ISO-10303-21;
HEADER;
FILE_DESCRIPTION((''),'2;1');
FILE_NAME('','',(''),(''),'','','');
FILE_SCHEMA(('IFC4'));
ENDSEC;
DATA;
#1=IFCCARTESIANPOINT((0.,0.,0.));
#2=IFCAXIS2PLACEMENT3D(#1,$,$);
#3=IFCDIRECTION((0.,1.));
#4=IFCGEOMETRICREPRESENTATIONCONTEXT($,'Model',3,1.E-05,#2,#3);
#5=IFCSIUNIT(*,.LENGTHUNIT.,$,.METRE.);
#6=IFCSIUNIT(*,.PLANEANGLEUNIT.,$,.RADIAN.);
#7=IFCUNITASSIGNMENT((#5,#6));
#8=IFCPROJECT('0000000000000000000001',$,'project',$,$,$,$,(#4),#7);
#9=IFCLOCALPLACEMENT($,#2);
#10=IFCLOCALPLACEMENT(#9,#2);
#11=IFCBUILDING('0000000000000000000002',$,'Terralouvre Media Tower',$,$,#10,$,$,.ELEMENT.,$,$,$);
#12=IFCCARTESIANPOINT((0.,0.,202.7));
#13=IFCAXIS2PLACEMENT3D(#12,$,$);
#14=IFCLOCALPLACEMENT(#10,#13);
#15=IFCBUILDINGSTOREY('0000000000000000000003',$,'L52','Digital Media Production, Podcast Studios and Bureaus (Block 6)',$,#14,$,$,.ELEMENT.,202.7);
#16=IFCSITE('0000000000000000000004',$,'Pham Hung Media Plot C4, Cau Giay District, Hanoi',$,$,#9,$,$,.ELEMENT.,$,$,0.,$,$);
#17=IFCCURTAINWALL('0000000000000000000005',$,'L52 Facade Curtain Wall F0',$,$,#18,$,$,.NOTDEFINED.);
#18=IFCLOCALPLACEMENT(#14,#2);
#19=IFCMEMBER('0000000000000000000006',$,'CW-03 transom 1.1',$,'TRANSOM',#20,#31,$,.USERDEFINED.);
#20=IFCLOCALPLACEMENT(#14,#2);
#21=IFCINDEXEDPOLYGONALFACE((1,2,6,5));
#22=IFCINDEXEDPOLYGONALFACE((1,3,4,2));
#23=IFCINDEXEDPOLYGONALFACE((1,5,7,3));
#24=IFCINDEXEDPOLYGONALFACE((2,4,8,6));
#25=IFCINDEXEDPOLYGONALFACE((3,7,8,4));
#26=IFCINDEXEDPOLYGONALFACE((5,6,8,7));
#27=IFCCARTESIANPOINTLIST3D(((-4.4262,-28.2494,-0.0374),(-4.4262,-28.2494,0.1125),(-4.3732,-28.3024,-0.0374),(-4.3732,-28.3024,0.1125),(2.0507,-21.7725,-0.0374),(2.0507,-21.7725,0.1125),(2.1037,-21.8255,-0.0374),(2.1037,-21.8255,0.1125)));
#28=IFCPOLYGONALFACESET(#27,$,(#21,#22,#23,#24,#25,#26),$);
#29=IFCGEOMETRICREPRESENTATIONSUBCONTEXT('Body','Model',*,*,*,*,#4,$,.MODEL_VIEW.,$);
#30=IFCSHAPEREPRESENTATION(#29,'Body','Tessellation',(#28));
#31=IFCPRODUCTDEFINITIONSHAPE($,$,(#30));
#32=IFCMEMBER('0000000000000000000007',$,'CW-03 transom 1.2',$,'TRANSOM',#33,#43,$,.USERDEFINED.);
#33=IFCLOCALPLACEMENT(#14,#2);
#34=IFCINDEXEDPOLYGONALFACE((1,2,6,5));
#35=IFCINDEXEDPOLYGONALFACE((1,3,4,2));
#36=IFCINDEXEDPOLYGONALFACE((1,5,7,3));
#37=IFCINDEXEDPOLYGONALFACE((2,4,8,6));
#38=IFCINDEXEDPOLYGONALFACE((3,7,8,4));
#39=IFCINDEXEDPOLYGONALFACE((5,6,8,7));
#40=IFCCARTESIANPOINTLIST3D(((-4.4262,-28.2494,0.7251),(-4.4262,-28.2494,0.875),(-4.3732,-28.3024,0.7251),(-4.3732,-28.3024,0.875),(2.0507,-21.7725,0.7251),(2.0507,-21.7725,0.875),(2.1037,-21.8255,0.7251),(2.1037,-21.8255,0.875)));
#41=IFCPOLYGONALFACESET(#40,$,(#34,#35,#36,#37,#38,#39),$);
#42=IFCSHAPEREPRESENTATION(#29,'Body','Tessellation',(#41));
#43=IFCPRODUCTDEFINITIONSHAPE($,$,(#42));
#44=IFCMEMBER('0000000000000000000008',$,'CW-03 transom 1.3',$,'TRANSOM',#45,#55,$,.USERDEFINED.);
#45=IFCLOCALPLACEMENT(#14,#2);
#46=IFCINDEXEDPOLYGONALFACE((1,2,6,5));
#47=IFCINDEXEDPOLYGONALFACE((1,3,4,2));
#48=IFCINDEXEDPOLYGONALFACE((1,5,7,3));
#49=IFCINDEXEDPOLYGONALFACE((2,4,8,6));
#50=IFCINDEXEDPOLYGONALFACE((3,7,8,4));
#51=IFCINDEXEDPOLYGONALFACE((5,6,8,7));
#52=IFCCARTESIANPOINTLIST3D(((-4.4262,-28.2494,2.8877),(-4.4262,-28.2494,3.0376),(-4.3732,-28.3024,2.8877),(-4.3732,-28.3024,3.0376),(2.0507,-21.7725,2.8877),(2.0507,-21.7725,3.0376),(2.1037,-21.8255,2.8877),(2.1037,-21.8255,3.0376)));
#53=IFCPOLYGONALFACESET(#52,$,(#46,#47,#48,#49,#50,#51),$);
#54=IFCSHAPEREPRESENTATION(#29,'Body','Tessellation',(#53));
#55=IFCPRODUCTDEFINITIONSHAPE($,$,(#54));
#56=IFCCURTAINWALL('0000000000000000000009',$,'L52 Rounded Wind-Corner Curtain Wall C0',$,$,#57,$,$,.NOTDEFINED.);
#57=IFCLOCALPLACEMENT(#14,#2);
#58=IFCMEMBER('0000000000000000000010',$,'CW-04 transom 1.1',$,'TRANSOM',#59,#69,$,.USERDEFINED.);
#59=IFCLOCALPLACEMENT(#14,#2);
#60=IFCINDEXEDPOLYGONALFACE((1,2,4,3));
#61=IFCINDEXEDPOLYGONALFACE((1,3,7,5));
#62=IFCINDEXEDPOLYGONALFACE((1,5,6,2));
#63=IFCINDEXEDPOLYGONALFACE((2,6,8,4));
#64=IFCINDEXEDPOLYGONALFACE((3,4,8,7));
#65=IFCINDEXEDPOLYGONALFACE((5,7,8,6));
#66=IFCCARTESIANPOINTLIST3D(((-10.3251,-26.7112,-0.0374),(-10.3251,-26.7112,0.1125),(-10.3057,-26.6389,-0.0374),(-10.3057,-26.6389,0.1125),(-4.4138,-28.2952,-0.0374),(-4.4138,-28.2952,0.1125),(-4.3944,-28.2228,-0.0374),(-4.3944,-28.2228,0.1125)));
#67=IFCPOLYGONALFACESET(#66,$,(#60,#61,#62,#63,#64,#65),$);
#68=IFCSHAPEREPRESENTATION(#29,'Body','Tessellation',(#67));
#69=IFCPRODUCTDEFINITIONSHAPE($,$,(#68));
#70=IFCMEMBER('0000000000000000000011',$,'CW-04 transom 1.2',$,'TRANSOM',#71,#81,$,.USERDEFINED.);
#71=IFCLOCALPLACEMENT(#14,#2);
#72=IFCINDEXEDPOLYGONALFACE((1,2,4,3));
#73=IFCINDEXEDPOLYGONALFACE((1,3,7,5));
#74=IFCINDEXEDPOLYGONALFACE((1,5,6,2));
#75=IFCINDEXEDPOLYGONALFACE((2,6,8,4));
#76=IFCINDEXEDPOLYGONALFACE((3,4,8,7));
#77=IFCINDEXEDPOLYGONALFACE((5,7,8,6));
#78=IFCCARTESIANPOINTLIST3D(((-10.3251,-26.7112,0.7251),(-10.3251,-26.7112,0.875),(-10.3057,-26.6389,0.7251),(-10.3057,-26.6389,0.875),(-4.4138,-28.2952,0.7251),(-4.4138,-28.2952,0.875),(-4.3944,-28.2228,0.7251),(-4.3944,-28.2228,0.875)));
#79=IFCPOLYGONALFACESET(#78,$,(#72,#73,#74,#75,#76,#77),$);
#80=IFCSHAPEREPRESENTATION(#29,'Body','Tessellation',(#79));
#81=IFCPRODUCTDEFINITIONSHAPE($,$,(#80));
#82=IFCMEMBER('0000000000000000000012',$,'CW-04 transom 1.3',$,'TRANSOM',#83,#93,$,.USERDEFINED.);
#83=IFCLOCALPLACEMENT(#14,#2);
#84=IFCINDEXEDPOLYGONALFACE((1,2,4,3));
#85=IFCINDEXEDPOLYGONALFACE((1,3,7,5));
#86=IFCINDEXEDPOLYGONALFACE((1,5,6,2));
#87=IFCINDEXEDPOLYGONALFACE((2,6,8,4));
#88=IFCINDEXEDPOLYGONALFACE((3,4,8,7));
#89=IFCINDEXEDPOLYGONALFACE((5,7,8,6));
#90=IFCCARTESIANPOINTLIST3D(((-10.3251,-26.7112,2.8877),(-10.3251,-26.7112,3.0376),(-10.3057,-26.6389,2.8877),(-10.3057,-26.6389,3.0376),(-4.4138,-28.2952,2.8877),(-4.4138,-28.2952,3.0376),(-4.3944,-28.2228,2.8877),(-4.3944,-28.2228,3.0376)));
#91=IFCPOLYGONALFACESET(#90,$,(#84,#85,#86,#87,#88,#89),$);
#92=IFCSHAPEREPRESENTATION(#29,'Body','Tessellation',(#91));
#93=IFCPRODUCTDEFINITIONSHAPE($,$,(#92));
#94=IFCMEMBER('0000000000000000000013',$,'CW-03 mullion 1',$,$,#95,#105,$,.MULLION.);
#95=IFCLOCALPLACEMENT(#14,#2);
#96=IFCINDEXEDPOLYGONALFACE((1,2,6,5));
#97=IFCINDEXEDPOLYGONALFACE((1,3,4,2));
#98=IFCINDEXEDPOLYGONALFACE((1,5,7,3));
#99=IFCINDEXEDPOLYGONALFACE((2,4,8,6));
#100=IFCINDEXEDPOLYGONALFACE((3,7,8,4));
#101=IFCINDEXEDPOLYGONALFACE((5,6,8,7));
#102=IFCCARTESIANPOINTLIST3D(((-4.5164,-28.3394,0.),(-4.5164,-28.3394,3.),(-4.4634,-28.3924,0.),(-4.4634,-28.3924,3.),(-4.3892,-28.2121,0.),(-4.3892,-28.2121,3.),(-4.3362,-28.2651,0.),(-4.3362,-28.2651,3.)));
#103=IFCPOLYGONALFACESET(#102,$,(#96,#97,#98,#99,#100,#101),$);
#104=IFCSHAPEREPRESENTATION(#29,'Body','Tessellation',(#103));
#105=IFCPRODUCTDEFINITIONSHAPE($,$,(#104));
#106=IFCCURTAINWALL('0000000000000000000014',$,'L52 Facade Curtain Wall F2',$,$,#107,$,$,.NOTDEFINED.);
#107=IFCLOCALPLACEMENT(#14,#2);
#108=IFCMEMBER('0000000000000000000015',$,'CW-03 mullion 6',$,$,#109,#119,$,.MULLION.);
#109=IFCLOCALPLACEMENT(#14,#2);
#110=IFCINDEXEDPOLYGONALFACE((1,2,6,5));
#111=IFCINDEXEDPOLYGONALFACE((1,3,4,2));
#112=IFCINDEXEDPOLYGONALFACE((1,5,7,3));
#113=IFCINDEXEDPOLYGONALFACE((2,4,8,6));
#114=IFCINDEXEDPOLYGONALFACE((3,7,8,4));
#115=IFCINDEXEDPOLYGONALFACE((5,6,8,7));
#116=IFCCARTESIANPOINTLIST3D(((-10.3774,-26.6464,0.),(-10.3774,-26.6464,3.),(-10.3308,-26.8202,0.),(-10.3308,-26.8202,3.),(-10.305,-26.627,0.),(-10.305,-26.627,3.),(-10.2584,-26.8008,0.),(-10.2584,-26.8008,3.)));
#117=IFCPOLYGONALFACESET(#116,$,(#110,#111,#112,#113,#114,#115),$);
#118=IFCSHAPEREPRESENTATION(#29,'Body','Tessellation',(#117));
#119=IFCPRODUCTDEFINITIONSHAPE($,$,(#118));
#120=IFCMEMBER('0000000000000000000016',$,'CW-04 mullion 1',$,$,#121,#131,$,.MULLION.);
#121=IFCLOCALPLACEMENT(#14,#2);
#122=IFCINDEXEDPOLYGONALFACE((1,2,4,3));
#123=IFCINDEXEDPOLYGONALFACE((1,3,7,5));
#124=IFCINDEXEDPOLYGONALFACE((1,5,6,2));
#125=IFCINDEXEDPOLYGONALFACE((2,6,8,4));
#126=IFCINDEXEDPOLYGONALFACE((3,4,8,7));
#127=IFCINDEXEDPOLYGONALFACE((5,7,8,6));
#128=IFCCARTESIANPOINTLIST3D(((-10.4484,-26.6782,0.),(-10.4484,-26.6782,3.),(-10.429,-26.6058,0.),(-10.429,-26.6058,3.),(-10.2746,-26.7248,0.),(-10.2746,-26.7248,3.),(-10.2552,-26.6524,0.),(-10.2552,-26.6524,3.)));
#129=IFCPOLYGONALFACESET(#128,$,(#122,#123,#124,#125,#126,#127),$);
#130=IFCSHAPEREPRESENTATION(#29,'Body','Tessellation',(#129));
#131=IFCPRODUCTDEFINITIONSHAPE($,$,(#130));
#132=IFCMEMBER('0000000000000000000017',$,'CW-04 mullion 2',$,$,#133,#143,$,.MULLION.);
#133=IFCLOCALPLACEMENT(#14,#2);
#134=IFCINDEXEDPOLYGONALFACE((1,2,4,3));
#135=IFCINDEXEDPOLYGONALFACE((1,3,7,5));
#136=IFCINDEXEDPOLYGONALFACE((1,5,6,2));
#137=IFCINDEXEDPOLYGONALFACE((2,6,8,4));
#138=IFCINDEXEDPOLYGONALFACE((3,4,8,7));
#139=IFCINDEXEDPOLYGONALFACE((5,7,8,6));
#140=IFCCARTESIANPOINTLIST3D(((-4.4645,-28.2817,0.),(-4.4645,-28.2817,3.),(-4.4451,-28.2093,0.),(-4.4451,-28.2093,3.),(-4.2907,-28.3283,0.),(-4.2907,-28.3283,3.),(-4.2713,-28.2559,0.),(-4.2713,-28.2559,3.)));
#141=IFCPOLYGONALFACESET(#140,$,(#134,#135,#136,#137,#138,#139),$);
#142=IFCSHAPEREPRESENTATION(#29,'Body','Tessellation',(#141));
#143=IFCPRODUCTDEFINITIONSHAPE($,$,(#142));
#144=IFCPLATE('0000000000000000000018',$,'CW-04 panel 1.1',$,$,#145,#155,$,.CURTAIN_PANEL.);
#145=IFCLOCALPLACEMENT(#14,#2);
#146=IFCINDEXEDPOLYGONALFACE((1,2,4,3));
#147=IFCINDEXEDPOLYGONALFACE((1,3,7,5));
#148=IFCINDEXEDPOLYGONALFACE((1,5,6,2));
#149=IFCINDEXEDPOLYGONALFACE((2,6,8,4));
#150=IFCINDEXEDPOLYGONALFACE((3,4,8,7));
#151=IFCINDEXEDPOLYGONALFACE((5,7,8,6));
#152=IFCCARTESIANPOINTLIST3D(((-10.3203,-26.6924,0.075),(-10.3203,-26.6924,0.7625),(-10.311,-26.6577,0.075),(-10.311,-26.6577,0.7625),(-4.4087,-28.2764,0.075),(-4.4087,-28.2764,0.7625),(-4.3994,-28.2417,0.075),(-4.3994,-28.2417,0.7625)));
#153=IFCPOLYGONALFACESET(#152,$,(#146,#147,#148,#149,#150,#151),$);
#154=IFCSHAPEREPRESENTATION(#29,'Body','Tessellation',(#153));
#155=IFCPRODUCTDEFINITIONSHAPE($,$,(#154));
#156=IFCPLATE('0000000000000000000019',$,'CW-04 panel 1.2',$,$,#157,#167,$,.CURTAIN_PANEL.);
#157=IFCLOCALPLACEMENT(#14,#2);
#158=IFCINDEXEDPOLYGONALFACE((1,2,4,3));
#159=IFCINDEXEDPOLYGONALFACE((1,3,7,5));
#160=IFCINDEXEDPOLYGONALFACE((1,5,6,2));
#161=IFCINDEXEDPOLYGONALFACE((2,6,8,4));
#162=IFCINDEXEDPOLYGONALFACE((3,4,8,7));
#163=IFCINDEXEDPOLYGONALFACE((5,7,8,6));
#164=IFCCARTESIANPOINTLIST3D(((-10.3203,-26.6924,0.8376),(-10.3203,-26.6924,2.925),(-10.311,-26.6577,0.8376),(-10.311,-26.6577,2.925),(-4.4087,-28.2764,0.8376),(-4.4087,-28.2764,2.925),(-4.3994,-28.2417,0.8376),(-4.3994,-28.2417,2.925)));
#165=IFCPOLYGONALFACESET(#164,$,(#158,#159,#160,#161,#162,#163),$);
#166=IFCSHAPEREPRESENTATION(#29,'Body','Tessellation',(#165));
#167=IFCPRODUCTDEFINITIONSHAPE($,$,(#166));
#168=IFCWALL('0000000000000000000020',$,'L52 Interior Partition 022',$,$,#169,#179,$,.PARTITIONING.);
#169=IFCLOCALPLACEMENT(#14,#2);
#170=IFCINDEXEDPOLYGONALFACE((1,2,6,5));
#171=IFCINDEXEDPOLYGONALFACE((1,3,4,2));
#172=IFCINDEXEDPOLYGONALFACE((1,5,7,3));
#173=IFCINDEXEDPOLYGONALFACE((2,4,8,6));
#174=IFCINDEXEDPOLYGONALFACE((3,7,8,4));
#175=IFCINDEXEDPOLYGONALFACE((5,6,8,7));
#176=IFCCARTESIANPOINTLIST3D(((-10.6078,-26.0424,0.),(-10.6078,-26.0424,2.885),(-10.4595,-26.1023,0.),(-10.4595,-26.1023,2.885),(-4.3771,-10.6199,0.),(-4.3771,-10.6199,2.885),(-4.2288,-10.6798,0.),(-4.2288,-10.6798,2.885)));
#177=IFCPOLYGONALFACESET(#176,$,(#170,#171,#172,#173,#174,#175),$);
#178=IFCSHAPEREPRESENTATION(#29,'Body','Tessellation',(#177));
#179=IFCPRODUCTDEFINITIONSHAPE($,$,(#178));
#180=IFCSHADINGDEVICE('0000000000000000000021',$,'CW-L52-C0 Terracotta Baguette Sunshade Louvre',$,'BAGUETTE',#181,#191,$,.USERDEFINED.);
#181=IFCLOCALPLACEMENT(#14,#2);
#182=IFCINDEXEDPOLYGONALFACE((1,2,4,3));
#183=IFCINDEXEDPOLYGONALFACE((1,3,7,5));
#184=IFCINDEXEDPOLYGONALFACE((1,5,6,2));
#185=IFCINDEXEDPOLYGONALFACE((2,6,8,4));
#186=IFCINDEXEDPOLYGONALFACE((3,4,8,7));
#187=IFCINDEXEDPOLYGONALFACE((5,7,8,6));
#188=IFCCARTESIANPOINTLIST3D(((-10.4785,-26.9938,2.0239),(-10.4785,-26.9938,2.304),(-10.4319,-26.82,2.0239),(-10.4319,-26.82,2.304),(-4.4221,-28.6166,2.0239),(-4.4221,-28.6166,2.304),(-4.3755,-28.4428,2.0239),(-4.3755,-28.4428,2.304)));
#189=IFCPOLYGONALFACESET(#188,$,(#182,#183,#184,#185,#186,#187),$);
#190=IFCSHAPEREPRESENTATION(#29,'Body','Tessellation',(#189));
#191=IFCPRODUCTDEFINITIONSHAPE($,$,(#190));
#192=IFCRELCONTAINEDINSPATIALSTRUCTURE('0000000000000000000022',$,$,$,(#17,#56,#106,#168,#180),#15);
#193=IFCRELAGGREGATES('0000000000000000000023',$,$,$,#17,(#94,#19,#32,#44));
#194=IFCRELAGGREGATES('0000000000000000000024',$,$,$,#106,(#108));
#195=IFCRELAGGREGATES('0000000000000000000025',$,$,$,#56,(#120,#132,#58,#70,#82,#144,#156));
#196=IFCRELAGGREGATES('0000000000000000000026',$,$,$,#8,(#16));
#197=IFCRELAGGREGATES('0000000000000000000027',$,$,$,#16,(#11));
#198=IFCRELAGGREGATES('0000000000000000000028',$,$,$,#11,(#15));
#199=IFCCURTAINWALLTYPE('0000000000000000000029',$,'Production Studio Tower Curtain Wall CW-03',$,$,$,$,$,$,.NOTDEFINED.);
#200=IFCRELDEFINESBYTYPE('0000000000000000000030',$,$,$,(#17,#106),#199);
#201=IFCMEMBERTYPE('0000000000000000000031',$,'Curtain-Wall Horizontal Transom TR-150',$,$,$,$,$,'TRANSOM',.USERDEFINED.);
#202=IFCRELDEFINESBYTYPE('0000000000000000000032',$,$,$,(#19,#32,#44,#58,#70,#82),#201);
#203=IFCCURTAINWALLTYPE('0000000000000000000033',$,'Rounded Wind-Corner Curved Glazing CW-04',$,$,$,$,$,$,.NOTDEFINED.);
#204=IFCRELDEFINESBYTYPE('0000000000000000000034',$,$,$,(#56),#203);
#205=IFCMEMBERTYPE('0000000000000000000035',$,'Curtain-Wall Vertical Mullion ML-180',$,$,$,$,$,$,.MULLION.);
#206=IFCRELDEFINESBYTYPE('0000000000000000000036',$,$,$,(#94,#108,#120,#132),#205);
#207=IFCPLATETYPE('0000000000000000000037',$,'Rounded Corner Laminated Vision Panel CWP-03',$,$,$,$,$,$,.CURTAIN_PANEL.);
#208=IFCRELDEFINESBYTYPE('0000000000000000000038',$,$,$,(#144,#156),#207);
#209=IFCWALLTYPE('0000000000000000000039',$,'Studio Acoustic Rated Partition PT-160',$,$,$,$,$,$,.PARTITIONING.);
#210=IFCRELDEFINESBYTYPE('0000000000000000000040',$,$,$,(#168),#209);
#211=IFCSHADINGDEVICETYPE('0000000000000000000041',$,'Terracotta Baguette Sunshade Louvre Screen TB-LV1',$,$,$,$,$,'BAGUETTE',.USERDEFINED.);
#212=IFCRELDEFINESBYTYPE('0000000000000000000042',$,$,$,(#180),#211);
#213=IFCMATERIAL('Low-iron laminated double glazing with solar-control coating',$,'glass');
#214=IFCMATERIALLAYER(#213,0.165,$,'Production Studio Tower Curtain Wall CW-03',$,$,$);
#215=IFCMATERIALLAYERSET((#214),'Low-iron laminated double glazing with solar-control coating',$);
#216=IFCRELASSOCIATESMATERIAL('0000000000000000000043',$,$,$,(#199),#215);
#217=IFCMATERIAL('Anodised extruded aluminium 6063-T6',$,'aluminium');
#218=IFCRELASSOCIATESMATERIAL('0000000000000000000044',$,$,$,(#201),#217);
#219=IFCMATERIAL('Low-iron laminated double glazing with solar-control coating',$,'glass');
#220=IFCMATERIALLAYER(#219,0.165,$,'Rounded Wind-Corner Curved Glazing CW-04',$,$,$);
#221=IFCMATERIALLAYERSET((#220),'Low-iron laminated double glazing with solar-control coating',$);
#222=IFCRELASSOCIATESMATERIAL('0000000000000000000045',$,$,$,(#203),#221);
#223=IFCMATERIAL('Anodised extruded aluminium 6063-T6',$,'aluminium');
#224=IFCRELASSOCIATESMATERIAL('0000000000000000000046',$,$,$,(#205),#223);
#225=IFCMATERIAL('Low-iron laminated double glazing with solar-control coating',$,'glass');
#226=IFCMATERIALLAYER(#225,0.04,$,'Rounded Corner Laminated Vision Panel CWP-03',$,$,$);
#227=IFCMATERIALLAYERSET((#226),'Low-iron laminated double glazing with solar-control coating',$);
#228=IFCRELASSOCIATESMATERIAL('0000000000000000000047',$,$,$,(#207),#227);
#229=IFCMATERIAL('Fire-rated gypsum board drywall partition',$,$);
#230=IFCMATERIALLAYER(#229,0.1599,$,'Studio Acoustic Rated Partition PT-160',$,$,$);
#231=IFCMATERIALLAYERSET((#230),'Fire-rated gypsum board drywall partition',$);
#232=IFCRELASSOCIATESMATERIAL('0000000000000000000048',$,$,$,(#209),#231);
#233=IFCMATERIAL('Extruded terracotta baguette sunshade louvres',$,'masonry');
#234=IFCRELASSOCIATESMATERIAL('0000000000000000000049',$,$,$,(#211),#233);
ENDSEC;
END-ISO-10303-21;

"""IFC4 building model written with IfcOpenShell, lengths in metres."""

from ifc_helpers import new_model, si_unit, direction, frame, frame_2d, origin, origin_2d, place, context, subcontext, project, spatial, rectangle, extrude, material, layer, layer_set, material_profile, profile_set, type_object, element, aggregate, save


model = new_model("IFC4")

# Units and contexts
model_context = context("Model", 3, precision=1e-05, world=origin(), true_north=direction((0.0, 1.0)))
body_context = subcontext(model_context, "Body", "Model", "MODEL_VIEW")
ifc_project = project(units=[si_unit("LENGTHUNIT", "METRE"), si_unit("PLANEANGLEUNIT", "RADIAN")], contexts=[model_context])

# Site, building, storey
site_placement = place(None, origin())
site = spatial("IfcSite", under=ifc_project, at=site_placement, Name="Pham Hung Media Plot C4, Cau Giay District, Hanoi", CompositionType="ELEMENT", RefElevation=0.0)
building_placement = place(site_placement, origin())
building = spatial("IfcBuilding", under=site, at=building_placement, Name="Terralouvre Media Tower", CompositionType="ELEMENT")
storey_placement = place(building_placement, frame((0.0, 0.0, 202.7)))
storey = spatial("IfcBuildingStorey", under=building, at=storey_placement, Name="L52", Description="Digital Media Production, Podcast Studios and Bureaus (Block 6)", CompositionType="ELEMENT", Elevation=202.7)

# Curtain walls, members
ifc_material_1 = material(Name="Low-iron laminated double glazing with solar-control coating", Category="glass")
ifc_layer_1 = layer(ifc_material_1, 0.165, Name="Production Studio Tower Curtain Wall CW-03")
ifc_layer_set_1 = layer_set([ifc_layer_1], Name="Low-iron laminated double glazing with solar-control coating")
curtain_wall_type_1 = type_object("IfcCurtainWallType", Name="Production Studio Tower Curtain Wall CW-03", PredefinedType="NOTDEFINED", material=ifc_layer_set_1)
curtain_wall_1_placement = place(storey_placement, origin())
curtain_wall_1 = element("IfcCurtainWall", 1, at=curtain_wall_1_placement, inside=storey, type_object=curtain_wall_type_1, Name="L52 Facade Curtain Wall F0", PredefinedType="NOTDEFINED")
ifc_material_2 = material(Name="Anodised extruded aluminium 6063-T6", Category="aluminium")
ifc_material_profile_1 = material_profile(ifc_material_2, rectangle(XDim=0.075, YDim=0.1499, at=origin_2d()), Name="ALU 75x150")
ifc_profile_set_1 = profile_set([ifc_material_profile_1], Name="Anodised extruded aluminium 6063-T6")
member_type_1 = type_object("IfcMemberType", Name="Curtain-Wall Horizontal Transom TR-150", ElementType="TRANSOM", PredefinedType="USERDEFINED", material=ifc_profile_set_1)
member_1_placement = place(storey_placement, frame((-4.3997, -28.2759, 0.0376), z_axis=(0.707107, 0.707107, 0.0), x_axis=(-0.707107, 0.707107, 0.0)))
member_1 = element("IfcMember", 2, at=member_1_placement, type_object=member_type_1, Name="CW-03 transom 1.1", ObjectType="TRANSOM", PredefinedType="USERDEFINED", context=body_context, shape_type="SweptSolid", body=[
    extrude(rectangle(XDim=0.075, YDim=0.1499, at=origin_2d()), origin(), (0.0, 0.0, 1.0), 9.1597),
])
member_2_placement = place(storey_placement, frame((-4.3997, -28.2759, 0.8), z_axis=(0.707107, 0.707107, 0.0), x_axis=(-0.707107, 0.707107, 0.0)))
member_2 = element("IfcMember", 3, at=member_2_placement, type_object=member_type_1, Name="CW-03 transom 1.2", ObjectType="TRANSOM", PredefinedType="USERDEFINED", context=body_context, shape_type="SweptSolid", body=[
    extrude(rectangle(XDim=0.075, YDim=0.1499, at=origin_2d()), origin(), (0.0, 0.0, 1.0), 9.1597),
])
member_3_placement = place(storey_placement, frame((-4.3997, -28.2759, 2.9626), z_axis=(0.707107, 0.707107, 0.0), x_axis=(-0.707107, 0.707107, 0.0)))
member_3 = element("IfcMember", 4, at=member_3_placement, type_object=member_type_1, Name="CW-03 transom 1.3", ObjectType="TRANSOM", PredefinedType="USERDEFINED", context=body_context, shape_type="SweptSolid", body=[
    extrude(rectangle(XDim=0.075, YDim=0.1499, at=origin_2d()), origin(), (0.0, 0.0, 1.0), 9.1597),
])
ifc_material_3 = material(Name="Low-iron laminated double glazing with solar-control coating", Category="glass")
ifc_layer_2 = layer(ifc_material_3, 0.165, Name="Rounded Wind-Corner Curved Glazing CW-04")
ifc_layer_set_2 = layer_set([ifc_layer_2], Name="Low-iron laminated double glazing with solar-control coating")
curtain_wall_type_2 = type_object("IfcCurtainWallType", Name="Rounded Wind-Corner Curved Glazing CW-04", PredefinedType="NOTDEFINED", material=ifc_layer_set_2)
curtain_wall_2_placement = place(storey_placement, origin())
curtain_wall_2 = element("IfcCurtainWall", 5, at=curtain_wall_2_placement, inside=storey, type_object=curtain_wall_type_2, Name="L52 Rounded Wind-Corner Curtain Wall C0", PredefinedType="NOTDEFINED")
member_4_placement = place(storey_placement, frame((-10.3154, -26.675, 0.0376), z_axis=(0.965924, -0.258824, 0.0), x_axis=(0.258824, 0.965924, 0.0)))
member_4 = element("IfcMember", 6, at=member_4_placement, type_object=member_type_1, Name="CW-04 transom 1.1", ObjectType="TRANSOM", PredefinedType="USERDEFINED", context=body_context, shape_type="SweptSolid", body=[
    extrude(rectangle(XDim=0.075, YDim=0.1499, at=origin_2d()), origin(), (0.0, 0.0, 1.0), 6.1199),
])
member_5_placement = place(storey_placement, frame((-10.3154, -26.675, 0.8), z_axis=(0.965924, -0.258824, 0.0), x_axis=(0.258824, 0.965924, 0.0)))
member_5 = element("IfcMember", 7, at=member_5_placement, type_object=member_type_1, Name="CW-04 transom 1.2", ObjectType="TRANSOM", PredefinedType="USERDEFINED", context=body_context, shape_type="SweptSolid", body=[
    extrude(rectangle(XDim=0.075, YDim=0.1499, at=origin_2d()), origin(), (0.0, 0.0, 1.0), 6.1199),
])
member_6_placement = place(storey_placement, frame((-10.3154, -26.675, 2.9626), z_axis=(0.965924, -0.258824, 0.0), x_axis=(0.258824, 0.965924, 0.0)))
member_6 = element("IfcMember", 8, at=member_6_placement, type_object=member_type_1, Name="CW-04 transom 1.3", ObjectType="TRANSOM", PredefinedType="USERDEFINED", context=body_context, shape_type="SweptSolid", body=[
    extrude(rectangle(XDim=0.075, YDim=0.1499, at=origin_2d()), origin(), (0.0, 0.0, 1.0), 6.1199),
])

# Member
ifc_material_4 = material(Name="Anodised extruded aluminium 6063-T6", Category="aluminium")
ifc_material_profile_2 = material_profile(ifc_material_4, rectangle(XDim=0.075, YDim=0.1799, at=origin_2d()), Name="ALU 75x180")
ifc_profile_set_2 = profile_set([ifc_material_profile_2], Name="Anodised extruded aluminium 6063-T6")
member_type_2 = type_object("IfcMemberType", Name="Curtain-Wall Vertical Mullion ML-180", PredefinedType="MULLION", material=ifc_profile_set_2)
member_7_placement = place(storey_placement, frame((-4.4263, -28.3022, 0.0), z_axis=(0.0, 0.0, 1.0), x_axis=(-0.707107, 0.707107, 0.0)))
member_7 = element("IfcMember", 9, at=member_7_placement, type_object=member_type_2, Name="CW-03 mullion 1", PredefinedType="MULLION", context=body_context, shape_type="SweptSolid", body=[
    extrude(rectangle(XDim=0.075, YDim=0.1799, at=origin_2d()), origin(), (0.0, 0.0, 1.0), 3.0),
])
aggregate(curtain_wall_1, [member_7, member_1, member_2, member_3])

# Curtain wall, member
curtain_wall_3_placement = place(storey_placement, origin())
curtain_wall_3 = element("IfcCurtainWall", 10, at=curtain_wall_3_placement, inside=storey, type_object=curtain_wall_type_1, Name="L52 Facade Curtain Wall F2", PredefinedType="NOTDEFINED")
member_8_placement = place(storey_placement, frame((-10.3179, -26.7236, 0.0), z_axis=(0.0, 0.0, 1.0), x_axis=(0.965926, 0.258819, 0.0)))
member_8 = element("IfcMember", 11, at=member_8_placement, type_object=member_type_2, Name="CW-03 mullion 6", PredefinedType="MULLION", context=body_context, shape_type="SweptSolid", body=[
    extrude(rectangle(XDim=0.075, YDim=0.1799, at=origin_2d()), origin(), (0.0, 0.0, 1.0), 3.0),
])
aggregate(curtain_wall_3, [member_8])

# Members
member_9_placement = place(storey_placement, frame((-10.3518, -26.6653, 0.0), z_axis=(0.0, 0.0, 1.0), x_axis=(0.258819, 0.965926, 0.0)))
member_9 = element("IfcMember", 12, at=member_9_placement, type_object=member_type_2, Name="CW-04 mullion 1", PredefinedType="MULLION", context=body_context, shape_type="SweptSolid", body=[
    extrude(rectangle(XDim=0.075, YDim=0.1799, at=origin_2d()), origin(), (0.0, 0.0, 1.0), 3.0),
])
member_10_placement = place(storey_placement, frame((-4.3679, -28.2688, 0.0), z_axis=(0.0, 0.0, 1.0), x_axis=(0.258819, 0.965926, 0.0)))
member_10 = element("IfcMember", 13, at=member_10_placement, type_object=member_type_2, Name="CW-04 mullion 2", PredefinedType="MULLION", context=body_context, shape_type="SweptSolid", body=[
    extrude(rectangle(XDim=0.075, YDim=0.1799, at=origin_2d()), origin(), (0.0, 0.0, 1.0), 3.0),
])

# Plates
ifc_material_5 = material(Name="Low-iron laminated double glazing with solar-control coating", Category="glass")
ifc_layer_3 = layer(ifc_material_5, 0.04, Name="Rounded Corner Laminated Vision Panel CWP-03")
ifc_layer_set_3 = layer_set([ifc_layer_3], Name="Low-iron laminated double glazing with solar-control coating")
plate_type = type_object("IfcPlateType", Name="Rounded Corner Laminated Vision Panel CWP-03", PredefinedType="CURTAIN_PANEL", material=ifc_layer_set_3)
plate_1_placement = place(storey_placement, frame((-7.3599, -27.467, 0.075), z_axis=(0.0, 0.0, 1.0), x_axis=(0.965926, -0.258819, 0.0)))
plate_1 = element("IfcPlate", 14, at=plate_1_placement, type_object=plate_type, Name="CW-04 panel 1.1", PredefinedType="CURTAIN_PANEL", context=body_context, shape_type="SweptSolid", body=[
    extrude(rectangle(XDim=6.1201, YDim=0.0359, at=origin_2d()), origin(), (0.0, 0.0, 1.0), 0.6875),
])
plate_2_placement = place(storey_placement, frame((-7.3599, -27.467, 0.8376), z_axis=(0.0, 0.0, 1.0), x_axis=(0.965926, -0.258819, 0.0)))
plate_2 = element("IfcPlate", 15, at=plate_2_placement, type_object=plate_type, Name="CW-04 panel 1.2", PredefinedType="CURTAIN_PANEL", context=body_context, shape_type="SweptSolid", body=[
    extrude(rectangle(XDim=6.1201, YDim=0.0359, at=origin_2d()), origin(), (0.0, 0.0, 1.0), 2.0874),
])
aggregate(curtain_wall_2, [member_9, member_10, member_4, member_5, member_6, plate_1, plate_2])

# Wall
ifc_material_6 = material(Name="Fire-rated gypsum board drywall partition")
ifc_layer_4 = layer(ifc_material_6, 0.1599, Name="Studio Acoustic Rated Partition PT-160")
ifc_layer_set_4 = layer_set([ifc_layer_4], Name="Fire-rated gypsum board drywall partition")
wall_type = type_object("IfcWallType", Name="Studio Acoustic Rated Partition PT-160", PredefinedType="PARTITIONING", material=ifc_layer_set_4)
wall_placement = place(storey_placement, frame((-10.5337, -26.0725, 0.0), z_axis=(0.0, 0.0, 1.0), x_axis=(0.374585, 0.927193, 0.0)))
element("IfcWall", 16, at=wall_placement, inside=storey, type_object=wall_type, Name="L52 Interior Partition 022", PredefinedType="PARTITIONING", context=body_context, shape_type="SweptSolid", body=[
    extrude(rectangle(XDim=16.6335, YDim=0.1599, at=frame_2d((8.3169, 0.0))), origin(), (0.0, 0.0, 1.0), 2.885),
])

# Shading device
ifc_material_7 = material(Name="Extruded terracotta baguette sunshade louvres", Category="masonry")
shading_device_type = type_object("IfcShadingDeviceType", Name="Terracotta Baguette Sunshade Louvre Screen TB-LV1", ElementType="BAGUETTE", PredefinedType="USERDEFINED", material=ifc_material_7)
shading_device_placement = place(storey_placement, frame((-7.427, -27.7183, 2.0239), z_axis=(0.0, 0.0, 1.0), x_axis=(0.965926, -0.258819, 0.0)))
element("IfcShadingDevice", 17, at=shading_device_placement, inside=storey, type_object=shading_device_type, Name="CW-L52-C0 Terracotta Baguette Sunshade Louvre", ObjectType="BAGUETTE", PredefinedType="USERDEFINED", context=body_context, shape_type="SweptSolid", body=[
    extrude(rectangle(XDim=6.27, YDim=0.1799, at=origin_2d()), origin(), (0.0, 0.0, 1.0), 0.28),
])

save(model, "model.ifc")
